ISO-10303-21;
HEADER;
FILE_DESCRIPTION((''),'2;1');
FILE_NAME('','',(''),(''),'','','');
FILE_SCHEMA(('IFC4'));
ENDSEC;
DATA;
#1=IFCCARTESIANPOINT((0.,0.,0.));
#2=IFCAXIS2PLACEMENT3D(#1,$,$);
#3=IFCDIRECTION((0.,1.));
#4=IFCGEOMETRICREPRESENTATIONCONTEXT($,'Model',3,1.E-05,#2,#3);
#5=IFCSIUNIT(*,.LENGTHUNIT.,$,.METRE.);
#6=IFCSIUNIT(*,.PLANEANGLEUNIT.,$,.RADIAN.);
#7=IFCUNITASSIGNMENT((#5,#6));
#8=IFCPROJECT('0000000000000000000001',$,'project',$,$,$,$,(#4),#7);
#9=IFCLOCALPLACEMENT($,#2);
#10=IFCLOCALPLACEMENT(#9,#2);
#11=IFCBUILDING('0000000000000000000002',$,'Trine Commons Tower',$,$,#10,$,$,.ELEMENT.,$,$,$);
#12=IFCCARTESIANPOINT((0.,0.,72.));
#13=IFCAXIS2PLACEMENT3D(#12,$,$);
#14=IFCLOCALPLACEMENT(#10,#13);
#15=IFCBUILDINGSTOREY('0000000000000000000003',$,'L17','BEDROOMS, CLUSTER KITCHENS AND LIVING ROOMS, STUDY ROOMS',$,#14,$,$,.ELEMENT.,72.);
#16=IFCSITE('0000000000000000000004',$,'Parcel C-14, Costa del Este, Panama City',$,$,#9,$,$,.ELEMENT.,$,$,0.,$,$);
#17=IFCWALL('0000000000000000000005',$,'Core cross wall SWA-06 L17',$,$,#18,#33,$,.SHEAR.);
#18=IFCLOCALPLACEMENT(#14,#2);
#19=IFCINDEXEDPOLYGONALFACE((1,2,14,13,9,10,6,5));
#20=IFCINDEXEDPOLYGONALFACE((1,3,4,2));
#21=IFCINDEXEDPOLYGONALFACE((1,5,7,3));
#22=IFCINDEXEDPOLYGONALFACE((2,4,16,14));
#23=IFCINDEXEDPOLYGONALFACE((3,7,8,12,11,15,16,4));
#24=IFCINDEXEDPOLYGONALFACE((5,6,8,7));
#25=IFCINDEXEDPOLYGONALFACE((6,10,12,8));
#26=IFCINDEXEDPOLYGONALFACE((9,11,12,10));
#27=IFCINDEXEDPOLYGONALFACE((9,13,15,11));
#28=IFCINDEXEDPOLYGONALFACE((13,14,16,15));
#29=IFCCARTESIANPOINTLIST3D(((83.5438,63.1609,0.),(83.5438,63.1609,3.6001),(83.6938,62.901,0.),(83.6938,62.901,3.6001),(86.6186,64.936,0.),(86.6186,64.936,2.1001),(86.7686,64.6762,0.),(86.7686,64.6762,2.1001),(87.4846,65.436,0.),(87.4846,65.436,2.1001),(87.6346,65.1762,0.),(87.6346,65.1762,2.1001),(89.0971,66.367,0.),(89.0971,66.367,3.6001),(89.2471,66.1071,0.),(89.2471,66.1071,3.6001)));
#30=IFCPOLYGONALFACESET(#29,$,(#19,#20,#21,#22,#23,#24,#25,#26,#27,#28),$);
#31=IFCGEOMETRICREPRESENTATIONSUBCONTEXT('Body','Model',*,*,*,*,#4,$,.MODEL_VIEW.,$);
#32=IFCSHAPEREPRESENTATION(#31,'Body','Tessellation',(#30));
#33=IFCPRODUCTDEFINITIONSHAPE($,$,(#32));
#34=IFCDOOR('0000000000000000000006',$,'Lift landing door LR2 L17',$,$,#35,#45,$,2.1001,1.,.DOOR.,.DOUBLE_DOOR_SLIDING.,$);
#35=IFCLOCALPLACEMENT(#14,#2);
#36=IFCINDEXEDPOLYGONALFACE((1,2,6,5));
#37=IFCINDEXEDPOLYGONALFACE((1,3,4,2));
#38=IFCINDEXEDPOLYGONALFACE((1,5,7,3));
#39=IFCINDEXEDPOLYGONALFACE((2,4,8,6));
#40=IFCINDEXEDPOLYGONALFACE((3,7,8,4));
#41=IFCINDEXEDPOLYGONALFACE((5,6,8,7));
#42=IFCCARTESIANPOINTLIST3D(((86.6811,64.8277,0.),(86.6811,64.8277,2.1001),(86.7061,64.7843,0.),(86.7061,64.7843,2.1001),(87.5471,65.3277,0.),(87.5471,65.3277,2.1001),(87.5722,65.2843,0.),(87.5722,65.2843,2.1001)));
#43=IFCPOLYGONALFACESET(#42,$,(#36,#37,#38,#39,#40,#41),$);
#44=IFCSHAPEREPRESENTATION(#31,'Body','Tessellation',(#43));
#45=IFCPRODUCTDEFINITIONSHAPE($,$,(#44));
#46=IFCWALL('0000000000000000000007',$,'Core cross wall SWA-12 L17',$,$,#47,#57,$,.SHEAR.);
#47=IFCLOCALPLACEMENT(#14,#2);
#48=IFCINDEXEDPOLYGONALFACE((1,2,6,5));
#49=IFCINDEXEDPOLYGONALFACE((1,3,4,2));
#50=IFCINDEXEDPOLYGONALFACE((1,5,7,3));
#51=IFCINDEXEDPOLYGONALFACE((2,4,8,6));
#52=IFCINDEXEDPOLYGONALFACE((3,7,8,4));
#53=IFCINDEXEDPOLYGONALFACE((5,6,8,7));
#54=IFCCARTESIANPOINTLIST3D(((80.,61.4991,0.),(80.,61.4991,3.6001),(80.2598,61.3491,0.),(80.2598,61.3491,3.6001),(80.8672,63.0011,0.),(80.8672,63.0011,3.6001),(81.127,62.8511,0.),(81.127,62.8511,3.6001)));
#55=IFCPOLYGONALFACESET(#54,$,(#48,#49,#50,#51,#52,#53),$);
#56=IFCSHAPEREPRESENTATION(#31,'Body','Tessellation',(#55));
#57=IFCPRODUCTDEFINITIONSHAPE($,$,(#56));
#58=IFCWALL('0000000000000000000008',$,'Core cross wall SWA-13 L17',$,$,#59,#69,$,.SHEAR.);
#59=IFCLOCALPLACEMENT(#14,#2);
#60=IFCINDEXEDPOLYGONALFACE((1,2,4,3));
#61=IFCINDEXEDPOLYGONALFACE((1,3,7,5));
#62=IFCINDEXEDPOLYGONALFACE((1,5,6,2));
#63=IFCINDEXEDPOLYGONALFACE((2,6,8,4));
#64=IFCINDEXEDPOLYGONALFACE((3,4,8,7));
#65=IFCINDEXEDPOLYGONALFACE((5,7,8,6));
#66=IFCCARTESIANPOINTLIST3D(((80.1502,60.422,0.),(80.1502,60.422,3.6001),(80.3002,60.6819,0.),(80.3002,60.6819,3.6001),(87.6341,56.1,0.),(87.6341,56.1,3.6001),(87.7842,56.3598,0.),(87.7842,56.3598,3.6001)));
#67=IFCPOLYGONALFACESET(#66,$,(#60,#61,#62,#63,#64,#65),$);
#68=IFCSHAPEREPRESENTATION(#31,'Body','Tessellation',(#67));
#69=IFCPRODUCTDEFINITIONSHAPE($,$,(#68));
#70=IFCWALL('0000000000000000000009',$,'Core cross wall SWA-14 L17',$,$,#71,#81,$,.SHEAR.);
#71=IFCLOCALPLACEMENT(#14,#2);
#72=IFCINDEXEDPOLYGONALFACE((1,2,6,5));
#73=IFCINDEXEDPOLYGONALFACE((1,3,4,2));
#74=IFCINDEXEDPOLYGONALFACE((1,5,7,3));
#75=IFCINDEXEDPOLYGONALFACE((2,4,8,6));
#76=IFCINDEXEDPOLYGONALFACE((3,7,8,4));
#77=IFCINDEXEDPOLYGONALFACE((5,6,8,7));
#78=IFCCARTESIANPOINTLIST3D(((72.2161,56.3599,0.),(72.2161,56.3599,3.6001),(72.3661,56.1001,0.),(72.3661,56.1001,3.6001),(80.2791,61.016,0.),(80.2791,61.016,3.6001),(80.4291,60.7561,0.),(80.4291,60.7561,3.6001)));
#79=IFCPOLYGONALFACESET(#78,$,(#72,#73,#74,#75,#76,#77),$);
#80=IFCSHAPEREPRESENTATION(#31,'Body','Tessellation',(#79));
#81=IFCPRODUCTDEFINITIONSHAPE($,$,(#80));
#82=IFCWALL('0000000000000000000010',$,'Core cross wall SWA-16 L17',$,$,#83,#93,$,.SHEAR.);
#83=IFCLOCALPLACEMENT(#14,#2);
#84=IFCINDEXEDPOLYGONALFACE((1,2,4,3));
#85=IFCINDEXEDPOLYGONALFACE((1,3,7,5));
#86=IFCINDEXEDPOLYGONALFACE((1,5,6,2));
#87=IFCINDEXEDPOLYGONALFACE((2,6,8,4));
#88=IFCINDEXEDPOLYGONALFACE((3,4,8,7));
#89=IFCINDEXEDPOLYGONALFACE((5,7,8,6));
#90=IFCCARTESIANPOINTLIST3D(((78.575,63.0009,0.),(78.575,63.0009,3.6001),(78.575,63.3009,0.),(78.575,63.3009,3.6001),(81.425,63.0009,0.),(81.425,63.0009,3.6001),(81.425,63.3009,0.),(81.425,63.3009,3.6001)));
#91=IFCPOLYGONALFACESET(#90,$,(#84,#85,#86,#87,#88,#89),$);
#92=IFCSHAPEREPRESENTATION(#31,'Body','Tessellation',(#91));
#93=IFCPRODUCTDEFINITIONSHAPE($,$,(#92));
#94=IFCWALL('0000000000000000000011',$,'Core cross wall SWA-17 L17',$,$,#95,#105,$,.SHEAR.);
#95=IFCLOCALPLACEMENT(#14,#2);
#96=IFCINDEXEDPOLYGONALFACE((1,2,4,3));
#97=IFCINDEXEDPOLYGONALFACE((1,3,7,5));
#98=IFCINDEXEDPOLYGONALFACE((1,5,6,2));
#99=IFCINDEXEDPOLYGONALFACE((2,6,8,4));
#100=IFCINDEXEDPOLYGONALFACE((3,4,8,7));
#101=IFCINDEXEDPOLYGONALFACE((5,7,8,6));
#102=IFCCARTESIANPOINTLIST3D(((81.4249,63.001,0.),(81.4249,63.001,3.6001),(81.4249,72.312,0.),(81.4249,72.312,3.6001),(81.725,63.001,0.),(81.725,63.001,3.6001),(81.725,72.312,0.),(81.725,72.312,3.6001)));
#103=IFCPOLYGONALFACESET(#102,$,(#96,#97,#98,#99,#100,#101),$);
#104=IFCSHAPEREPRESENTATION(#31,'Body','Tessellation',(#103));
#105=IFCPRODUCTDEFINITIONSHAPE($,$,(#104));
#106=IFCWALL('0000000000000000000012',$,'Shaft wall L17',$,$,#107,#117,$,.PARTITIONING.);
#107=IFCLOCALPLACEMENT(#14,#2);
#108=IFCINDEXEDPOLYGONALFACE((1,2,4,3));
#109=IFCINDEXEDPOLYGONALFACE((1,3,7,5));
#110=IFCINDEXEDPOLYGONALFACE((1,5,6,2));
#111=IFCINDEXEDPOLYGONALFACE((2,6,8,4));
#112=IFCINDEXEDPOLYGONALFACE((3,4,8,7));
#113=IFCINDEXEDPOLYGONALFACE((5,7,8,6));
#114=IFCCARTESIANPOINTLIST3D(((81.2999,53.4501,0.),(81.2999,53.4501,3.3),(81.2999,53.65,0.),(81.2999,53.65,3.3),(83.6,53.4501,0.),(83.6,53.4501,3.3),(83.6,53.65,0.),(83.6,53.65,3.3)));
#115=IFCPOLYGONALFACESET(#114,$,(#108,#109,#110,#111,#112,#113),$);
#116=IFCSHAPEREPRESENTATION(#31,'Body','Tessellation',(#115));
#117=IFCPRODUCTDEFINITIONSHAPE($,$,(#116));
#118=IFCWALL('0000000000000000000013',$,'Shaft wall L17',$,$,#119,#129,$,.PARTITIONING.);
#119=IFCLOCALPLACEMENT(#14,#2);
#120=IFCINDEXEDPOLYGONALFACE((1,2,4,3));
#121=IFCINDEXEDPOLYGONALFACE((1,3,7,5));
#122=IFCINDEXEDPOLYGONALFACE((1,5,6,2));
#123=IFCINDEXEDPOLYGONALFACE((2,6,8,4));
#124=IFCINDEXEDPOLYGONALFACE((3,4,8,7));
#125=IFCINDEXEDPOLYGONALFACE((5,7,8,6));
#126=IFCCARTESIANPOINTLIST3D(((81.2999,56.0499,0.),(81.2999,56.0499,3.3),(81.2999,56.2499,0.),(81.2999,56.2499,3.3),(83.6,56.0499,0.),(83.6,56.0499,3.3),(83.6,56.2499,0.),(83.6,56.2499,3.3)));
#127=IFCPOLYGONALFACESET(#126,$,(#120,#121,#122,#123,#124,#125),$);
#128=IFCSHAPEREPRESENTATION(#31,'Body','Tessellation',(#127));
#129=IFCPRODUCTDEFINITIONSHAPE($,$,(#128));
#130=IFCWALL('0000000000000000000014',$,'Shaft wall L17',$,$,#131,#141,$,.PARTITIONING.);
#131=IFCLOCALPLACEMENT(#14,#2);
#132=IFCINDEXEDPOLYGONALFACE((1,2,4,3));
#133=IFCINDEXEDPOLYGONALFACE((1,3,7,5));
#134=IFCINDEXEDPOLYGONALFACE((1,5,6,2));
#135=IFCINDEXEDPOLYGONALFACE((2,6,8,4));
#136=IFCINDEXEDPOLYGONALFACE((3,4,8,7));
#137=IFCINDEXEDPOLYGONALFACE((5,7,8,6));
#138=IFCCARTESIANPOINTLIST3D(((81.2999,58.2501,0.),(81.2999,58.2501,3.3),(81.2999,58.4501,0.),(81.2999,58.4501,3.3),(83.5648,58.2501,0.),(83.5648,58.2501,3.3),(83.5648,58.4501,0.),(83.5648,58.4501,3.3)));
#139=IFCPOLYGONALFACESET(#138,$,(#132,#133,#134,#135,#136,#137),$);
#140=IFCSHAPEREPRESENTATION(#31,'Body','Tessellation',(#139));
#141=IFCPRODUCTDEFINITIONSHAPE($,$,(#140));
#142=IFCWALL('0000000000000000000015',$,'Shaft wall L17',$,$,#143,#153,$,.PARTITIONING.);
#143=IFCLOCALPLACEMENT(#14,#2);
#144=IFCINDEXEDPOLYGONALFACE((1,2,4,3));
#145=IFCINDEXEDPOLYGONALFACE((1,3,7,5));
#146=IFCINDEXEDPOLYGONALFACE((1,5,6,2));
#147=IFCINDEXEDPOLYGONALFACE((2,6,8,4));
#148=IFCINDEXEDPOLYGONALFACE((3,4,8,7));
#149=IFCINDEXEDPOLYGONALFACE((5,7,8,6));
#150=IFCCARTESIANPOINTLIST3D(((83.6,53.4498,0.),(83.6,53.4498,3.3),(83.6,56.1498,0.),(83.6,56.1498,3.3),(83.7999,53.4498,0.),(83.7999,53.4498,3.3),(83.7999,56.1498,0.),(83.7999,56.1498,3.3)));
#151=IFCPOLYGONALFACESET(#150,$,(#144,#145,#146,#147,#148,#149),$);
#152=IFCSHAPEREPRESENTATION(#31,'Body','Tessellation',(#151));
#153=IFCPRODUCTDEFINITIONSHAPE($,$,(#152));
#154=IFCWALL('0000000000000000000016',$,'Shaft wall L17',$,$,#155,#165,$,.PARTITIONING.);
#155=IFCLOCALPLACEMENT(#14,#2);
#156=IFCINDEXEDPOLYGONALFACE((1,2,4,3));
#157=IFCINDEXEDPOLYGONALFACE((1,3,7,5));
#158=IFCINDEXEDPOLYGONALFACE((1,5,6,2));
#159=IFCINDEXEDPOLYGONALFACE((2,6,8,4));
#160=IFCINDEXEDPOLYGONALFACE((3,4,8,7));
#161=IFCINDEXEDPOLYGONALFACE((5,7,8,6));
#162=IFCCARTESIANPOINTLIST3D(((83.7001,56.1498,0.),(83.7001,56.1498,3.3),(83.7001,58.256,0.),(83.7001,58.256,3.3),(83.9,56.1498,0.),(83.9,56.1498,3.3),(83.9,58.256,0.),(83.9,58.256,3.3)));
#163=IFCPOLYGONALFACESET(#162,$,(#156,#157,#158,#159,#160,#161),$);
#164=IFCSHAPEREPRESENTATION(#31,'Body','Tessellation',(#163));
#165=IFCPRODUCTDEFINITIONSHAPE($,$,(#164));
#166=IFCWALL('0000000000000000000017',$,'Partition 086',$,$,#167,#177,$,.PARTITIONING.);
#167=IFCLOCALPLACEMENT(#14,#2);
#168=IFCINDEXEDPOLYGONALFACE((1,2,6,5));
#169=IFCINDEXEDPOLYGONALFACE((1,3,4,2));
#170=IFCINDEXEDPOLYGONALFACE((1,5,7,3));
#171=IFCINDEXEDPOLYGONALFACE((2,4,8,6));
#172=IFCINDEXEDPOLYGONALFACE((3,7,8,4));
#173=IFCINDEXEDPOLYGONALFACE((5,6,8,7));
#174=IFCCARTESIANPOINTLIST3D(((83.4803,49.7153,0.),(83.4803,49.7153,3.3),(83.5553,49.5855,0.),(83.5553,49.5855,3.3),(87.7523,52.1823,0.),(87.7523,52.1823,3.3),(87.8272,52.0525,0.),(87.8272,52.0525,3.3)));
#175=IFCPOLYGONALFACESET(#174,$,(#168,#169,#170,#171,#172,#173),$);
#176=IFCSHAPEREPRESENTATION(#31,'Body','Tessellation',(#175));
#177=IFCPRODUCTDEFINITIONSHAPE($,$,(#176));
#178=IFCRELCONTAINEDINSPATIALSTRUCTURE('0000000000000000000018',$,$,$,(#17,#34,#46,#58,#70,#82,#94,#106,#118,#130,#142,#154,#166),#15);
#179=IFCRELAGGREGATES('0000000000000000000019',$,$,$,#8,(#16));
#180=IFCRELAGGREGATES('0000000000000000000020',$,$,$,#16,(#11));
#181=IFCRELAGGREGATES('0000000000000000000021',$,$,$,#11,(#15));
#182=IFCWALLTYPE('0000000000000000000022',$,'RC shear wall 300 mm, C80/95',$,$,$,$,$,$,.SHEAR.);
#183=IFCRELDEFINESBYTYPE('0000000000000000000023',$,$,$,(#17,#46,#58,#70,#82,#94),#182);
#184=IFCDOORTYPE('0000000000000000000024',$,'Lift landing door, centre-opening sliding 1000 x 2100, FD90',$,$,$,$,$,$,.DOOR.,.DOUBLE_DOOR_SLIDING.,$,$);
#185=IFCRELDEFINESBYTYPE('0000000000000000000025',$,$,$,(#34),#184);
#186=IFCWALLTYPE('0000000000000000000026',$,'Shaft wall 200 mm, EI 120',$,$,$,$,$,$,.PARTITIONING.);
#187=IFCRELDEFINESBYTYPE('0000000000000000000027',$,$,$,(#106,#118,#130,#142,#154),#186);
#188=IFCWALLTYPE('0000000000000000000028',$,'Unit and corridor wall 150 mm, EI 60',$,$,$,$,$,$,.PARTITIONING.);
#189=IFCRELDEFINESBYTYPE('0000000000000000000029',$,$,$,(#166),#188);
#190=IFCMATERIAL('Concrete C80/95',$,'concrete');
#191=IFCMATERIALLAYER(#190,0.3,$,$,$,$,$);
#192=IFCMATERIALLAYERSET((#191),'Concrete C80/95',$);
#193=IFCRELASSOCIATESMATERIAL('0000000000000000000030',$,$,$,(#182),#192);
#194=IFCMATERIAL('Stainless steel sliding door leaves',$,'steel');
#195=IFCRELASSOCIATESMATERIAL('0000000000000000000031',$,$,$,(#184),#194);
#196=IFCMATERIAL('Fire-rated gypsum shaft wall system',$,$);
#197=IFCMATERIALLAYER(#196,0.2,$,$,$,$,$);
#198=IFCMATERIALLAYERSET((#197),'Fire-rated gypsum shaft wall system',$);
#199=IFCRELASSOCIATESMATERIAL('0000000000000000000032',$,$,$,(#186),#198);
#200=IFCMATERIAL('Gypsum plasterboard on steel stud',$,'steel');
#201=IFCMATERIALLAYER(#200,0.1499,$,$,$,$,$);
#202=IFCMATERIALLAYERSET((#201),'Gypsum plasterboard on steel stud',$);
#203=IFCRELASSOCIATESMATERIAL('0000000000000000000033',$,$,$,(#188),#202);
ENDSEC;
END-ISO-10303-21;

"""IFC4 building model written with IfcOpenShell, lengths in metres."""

from ifc_helpers import new_model, si_unit, direction, frame, frame_2d, origin, place, context, subcontext, project, spatial, rectangle, extrude, material, layer, layer_set, type_object, element, fill, save


model = new_model("IFC4")

# Units and contexts
model_context = context("Model", 3, precision=1e-05, world=origin(), true_north=direction((0.0, 1.0)))
body_context = subcontext(model_context, "Body", "Model", "MODEL_VIEW")
ifc_project = project(units=[si_unit("LENGTHUNIT", "METRE"), si_unit("PLANEANGLEUNIT", "RADIAN")], contexts=[model_context])

# Site, building, storey
site_placement = place(None, origin())
site = spatial("IfcSite", under=ifc_project, at=site_placement, Name="Parcel C-14, Costa del Este, Panama City", CompositionType="ELEMENT", RefElevation=0.0)
building_placement = place(site_placement, origin())
building = spatial("IfcBuilding", under=site, at=building_placement, Name="Trine Commons Tower", CompositionType="ELEMENT")
storey_placement = place(building_placement, frame((0.0, 0.0, 72.0)))
storey = spatial("IfcBuildingStorey", under=building, at=storey_placement, Name="L17", Description="BEDROOMS, CLUSTER KITCHENS AND LIVING ROOMS, STUDY ROOMS", CompositionType="ELEMENT", Elevation=72.0)

# Shared definitions
ifc_material_1 = material(Name="Fire-rated gypsum shaft wall system")

# Shared definitions
ifc_material_2 = material(Name="Concrete C80/95", Category="concrete")
ifc_layer_1 = layer(ifc_material_2, 0.3)
ifc_layer_set_1 = layer_set([ifc_layer_1], Name="Concrete C80/95")
wall_type_1 = type_object("IfcWallType", Name="RC shear wall 300 mm, C80/95", PredefinedType="SHEAR", material=ifc_layer_set_1)
ifc_material_3 = material(Name="Stainless steel sliding door leaves", Category="steel")

# Wall, opening, door
wall_1_placement = place(storey_placement, frame((83.6189, 63.031, 0.0), z_axis=(0.0, 0.0, 1.0), x_axis=(0.866032, 0.499988, 0.0)))
wall_1 = element("IfcWall", 1, at=wall_1_placement, inside=storey, type_object=wall_type_1, Name="Core cross wall SWA-06 L17", PredefinedType="SHEAR", context=body_context, shape_type="SweptSolid", body=[
    extrude(rectangle(XDim=6.4124, YDim=0.3, at=frame_2d((3.2061, 0.0))), origin(), (0.0, 0.0, 1.0), 3.6001),
])
opening_1_placement = place(wall_1_placement, frame((3.5503, 0.0, 0.0)))
opening_1 = element("IfcOpeningElement", 2, at=opening_1_placement, cuts=wall_1, PredefinedType="OPENING", context=body_context, shape_type="SweptSolid", body=[
    extrude(rectangle(XDim=1.0, YDim=2.1001, at=frame_2d((0.5, 1.05))), frame((0.0, 0.1599, 0.0), z_axis=(0.0, -1.0, 0.0), x_axis=(1.0, 0.0, 0.0)), (0.0, 0.0, 1.0), 0.3201),
])
door_type_1 = type_object("IfcDoorType", Name="Lift landing door, centre-opening sliding 1000 x 2100, FD90", OperationType="DOUBLE_DOOR_SLIDING", PredefinedType="DOOR", material=ifc_material_3)
door_1_placement = place(opening_1_placement, origin())
door_1 = element("IfcDoor", 3, at=door_1_placement, inside=storey, type_object=door_type_1, Name="Lift landing door LR2 L17", OperationType="DOUBLE_DOOR_SLIDING", OverallHeight=2.1001, OverallWidth=1.0, PredefinedType="DOOR", context=body_context, shape_type="SweptSolid", body=[
    extrude(rectangle(XDim=1.0, YDim=2.1001, at=frame_2d((0.5, 1.05))), frame((0.0, 0.0249, 0.0), z_axis=(0.0, -1.0, 0.0), x_axis=(1.0, 0.0, 0.0)), (0.0, 0.0, 1.0), 0.05),
])
fill(opening_1, door_1)

# Walls
wall_2_placement = place(storey_placement, frame((80.1299, 61.4241, 0.0), z_axis=(0.0, 0.0, 1.0), x_axis=(0.500015, 0.866017, 0.0)))
element("IfcWall", 4, at=wall_2_placement, inside=storey, type_object=wall_type_1, Name="Core cross wall SWA-12 L17", PredefinedType="SHEAR", context=body_context, shape_type="SweptSolid", body=[
    extrude(rectangle(XDim=1.7344, YDim=0.3, at=frame_2d((0.8672, 0.0))), origin(), (0.0, 0.0, 1.0), 3.6001),
])
wall_3_placement = place(storey_placement, frame((80.2251, 60.552, 0.0), z_axis=(0.0, 0.0, 1.0), x_axis=(0.865965, -0.500104, 0.0)))
element("IfcWall", 5, at=wall_3_placement, inside=storey, type_object=wall_type_1, Name="Core cross wall SWA-13 L17", PredefinedType="SHEAR", context=body_context, shape_type="SweptSolid", body=[
    extrude(rectangle(XDim=8.6423, YDim=0.3, at=frame_2d((4.3213, 0.0))), origin(), (0.0, 0.0, 1.0), 3.6001),
])
wall_4_placement = place(storey_placement, frame((80.354, 60.886, 0.0), z_axis=(0.0, 0.0, 1.0), x_axis=(-0.865986, -0.500067, 0.0)))
element("IfcWall", 6, at=wall_4_placement, inside=storey, type_object=wall_type_1, Name="Core cross wall SWA-14 L17", PredefinedType="SHEAR", context=body_context, shape_type="SweptSolid", body=[
    extrude(rectangle(XDim=9.3108, YDim=0.3, at=frame_2d((4.6553, 0.0))), origin(), (0.0, 0.0, 1.0), 3.6001),
])
wall_5_placement = place(storey_placement, frame((81.425, 63.1509, 0.0), z_axis=(0.0, 0.0, 1.0), x_axis=(-1.0, 0.0, 0.0)))
element("IfcWall", 7, at=wall_5_placement, inside=storey, type_object=wall_type_1, Name="Core cross wall SWA-16 L17", PredefinedType="SHEAR", context=body_context, shape_type="SweptSolid", body=[
    extrude(rectangle(XDim=2.8501, YDim=0.3, at=frame_2d((1.425, 0.0))), origin(), (0.0, 0.0, 1.0), 3.6001),
])
wall_6_placement = place(storey_placement, frame((81.575, 63.001, 0.0), z_axis=(0.0, 0.0, 1.0), x_axis=(0.0, 1.0, 0.0)))
element("IfcWall", 8, at=wall_6_placement, inside=storey, type_object=wall_type_1, Name="Core cross wall SWA-17 L17", PredefinedType="SHEAR", context=body_context, shape_type="SweptSolid", body=[
    extrude(rectangle(XDim=9.311, YDim=0.3, at=frame_2d((4.6555, 0.0))), origin(), (0.0, 0.0, 1.0), 3.6001),
])
ifc_layer_2 = layer(ifc_material_1, 0.2)
ifc_layer_set_2 = layer_set([ifc_layer_2], Name="Fire-rated gypsum shaft wall system")
wall_type_2 = type_object("IfcWallType", Name="Shaft wall 200 mm, EI 120", PredefinedType="PARTITIONING", material=ifc_layer_set_2)
for number, where, z_axis, x_axis, name in (
    (9, (81.3, 53.55, 0.0), (0.0, 0.0, 1.0), (1.0, 0.0, 0.0), "Shaft wall L17"),
    (10, (81.3, 56.1499, 0.0), (0.0, 0.0, 1.0), (1.0, 0.0, 0.0), "Shaft wall L17"),
):
    element("IfcWall", number, at=place(storey_placement, frame(where, z_axis=z_axis, x_axis=x_axis)), inside=storey, type_object=wall_type_2, Name=name, PredefinedType="PARTITIONING", context=body_context, shape_type="SweptSolid", body=[
        extrude(rectangle(XDim=2.3, YDim=0.2, at=frame_2d((1.1499, 0.0))), origin(), (0.0, 0.0, 1.0), 3.3),
    ])
wall_7_placement = place(storey_placement, frame((81.3, 58.3501, 0.0), z_axis=(0.0, 0.0, 1.0), x_axis=(1.0, 0.0, 0.0)))
element("IfcWall", 11, at=wall_7_placement, inside=storey, type_object=wall_type_2, Name="Shaft wall L17", PredefinedType="PARTITIONING", context=body_context, shape_type="SweptSolid", body=[
    extrude(rectangle(XDim=2.2649, YDim=0.2, at=frame_2d((1.1323, 0.0))), origin(), (0.0, 0.0, 1.0), 3.3),
])
wall_8_placement = place(storey_placement, frame((83.7, 56.1499, 0.0), z_axis=(0.0, 0.0, 1.0), x_axis=(0.0, -1.0, 0.0)))
element("IfcWall", 12, at=wall_8_placement, inside=storey, type_object=wall_type_2, Name="Shaft wall L17", PredefinedType="PARTITIONING", context=body_context, shape_type="SweptSolid", body=[
    extrude(rectangle(XDim=2.7, YDim=0.2, at=frame_2d((1.3501, 0.0))), origin(), (0.0, 0.0, 1.0), 3.3),
])
wall_9_placement = place(storey_placement, frame((83.8, 58.2561, 0.0), z_axis=(0.0, 0.0, 1.0), x_axis=(0.0, -1.0, 0.0)))
element("IfcWall", 13, at=wall_9_placement, inside=storey, type_object=wall_type_2, Name="Shaft wall L17", PredefinedType="PARTITIONING", context=body_context, shape_type="SweptSolid", body=[
    extrude(rectangle(XDim=2.1062, YDim=0.2, at=frame_2d((1.0532, 0.0))), origin(), (0.0, 0.0, 1.0), 3.3),
])
ifc_material_4 = material(Name="Gypsum plasterboard on steel stud", Category="steel")
ifc_layer_3 = layer(ifc_material_4, 0.1499)
ifc_layer_set_3 = layer_set([ifc_layer_3], Name="Gypsum plasterboard on steel stud")
wall_type_3 = type_object("IfcWallType", Name="Unit and corridor wall 150 mm, EI 60", PredefinedType="PARTITIONING", material=ifc_layer_set_3)
wall_10_placement = place(storey_placement, frame((83.5178, 49.6504, 0.0), z_axis=(0.0, 0.0, 1.0), x_axis=(0.865971, 0.500094, 0.0)))
element("IfcWall", 14, at=wall_10_placement, inside=storey, type_object=wall_type_3, Name="Partition 086", PredefinedType="PARTITIONING", context=body_context, shape_type="SweptSolid", body=[
    extrude(rectangle(XDim=4.9331, YDim=0.1499, at=frame_2d((2.4666, 0.0))), origin(), (0.0, 0.0, 1.0), 3.3),
])

save(model, "model.ifc")
